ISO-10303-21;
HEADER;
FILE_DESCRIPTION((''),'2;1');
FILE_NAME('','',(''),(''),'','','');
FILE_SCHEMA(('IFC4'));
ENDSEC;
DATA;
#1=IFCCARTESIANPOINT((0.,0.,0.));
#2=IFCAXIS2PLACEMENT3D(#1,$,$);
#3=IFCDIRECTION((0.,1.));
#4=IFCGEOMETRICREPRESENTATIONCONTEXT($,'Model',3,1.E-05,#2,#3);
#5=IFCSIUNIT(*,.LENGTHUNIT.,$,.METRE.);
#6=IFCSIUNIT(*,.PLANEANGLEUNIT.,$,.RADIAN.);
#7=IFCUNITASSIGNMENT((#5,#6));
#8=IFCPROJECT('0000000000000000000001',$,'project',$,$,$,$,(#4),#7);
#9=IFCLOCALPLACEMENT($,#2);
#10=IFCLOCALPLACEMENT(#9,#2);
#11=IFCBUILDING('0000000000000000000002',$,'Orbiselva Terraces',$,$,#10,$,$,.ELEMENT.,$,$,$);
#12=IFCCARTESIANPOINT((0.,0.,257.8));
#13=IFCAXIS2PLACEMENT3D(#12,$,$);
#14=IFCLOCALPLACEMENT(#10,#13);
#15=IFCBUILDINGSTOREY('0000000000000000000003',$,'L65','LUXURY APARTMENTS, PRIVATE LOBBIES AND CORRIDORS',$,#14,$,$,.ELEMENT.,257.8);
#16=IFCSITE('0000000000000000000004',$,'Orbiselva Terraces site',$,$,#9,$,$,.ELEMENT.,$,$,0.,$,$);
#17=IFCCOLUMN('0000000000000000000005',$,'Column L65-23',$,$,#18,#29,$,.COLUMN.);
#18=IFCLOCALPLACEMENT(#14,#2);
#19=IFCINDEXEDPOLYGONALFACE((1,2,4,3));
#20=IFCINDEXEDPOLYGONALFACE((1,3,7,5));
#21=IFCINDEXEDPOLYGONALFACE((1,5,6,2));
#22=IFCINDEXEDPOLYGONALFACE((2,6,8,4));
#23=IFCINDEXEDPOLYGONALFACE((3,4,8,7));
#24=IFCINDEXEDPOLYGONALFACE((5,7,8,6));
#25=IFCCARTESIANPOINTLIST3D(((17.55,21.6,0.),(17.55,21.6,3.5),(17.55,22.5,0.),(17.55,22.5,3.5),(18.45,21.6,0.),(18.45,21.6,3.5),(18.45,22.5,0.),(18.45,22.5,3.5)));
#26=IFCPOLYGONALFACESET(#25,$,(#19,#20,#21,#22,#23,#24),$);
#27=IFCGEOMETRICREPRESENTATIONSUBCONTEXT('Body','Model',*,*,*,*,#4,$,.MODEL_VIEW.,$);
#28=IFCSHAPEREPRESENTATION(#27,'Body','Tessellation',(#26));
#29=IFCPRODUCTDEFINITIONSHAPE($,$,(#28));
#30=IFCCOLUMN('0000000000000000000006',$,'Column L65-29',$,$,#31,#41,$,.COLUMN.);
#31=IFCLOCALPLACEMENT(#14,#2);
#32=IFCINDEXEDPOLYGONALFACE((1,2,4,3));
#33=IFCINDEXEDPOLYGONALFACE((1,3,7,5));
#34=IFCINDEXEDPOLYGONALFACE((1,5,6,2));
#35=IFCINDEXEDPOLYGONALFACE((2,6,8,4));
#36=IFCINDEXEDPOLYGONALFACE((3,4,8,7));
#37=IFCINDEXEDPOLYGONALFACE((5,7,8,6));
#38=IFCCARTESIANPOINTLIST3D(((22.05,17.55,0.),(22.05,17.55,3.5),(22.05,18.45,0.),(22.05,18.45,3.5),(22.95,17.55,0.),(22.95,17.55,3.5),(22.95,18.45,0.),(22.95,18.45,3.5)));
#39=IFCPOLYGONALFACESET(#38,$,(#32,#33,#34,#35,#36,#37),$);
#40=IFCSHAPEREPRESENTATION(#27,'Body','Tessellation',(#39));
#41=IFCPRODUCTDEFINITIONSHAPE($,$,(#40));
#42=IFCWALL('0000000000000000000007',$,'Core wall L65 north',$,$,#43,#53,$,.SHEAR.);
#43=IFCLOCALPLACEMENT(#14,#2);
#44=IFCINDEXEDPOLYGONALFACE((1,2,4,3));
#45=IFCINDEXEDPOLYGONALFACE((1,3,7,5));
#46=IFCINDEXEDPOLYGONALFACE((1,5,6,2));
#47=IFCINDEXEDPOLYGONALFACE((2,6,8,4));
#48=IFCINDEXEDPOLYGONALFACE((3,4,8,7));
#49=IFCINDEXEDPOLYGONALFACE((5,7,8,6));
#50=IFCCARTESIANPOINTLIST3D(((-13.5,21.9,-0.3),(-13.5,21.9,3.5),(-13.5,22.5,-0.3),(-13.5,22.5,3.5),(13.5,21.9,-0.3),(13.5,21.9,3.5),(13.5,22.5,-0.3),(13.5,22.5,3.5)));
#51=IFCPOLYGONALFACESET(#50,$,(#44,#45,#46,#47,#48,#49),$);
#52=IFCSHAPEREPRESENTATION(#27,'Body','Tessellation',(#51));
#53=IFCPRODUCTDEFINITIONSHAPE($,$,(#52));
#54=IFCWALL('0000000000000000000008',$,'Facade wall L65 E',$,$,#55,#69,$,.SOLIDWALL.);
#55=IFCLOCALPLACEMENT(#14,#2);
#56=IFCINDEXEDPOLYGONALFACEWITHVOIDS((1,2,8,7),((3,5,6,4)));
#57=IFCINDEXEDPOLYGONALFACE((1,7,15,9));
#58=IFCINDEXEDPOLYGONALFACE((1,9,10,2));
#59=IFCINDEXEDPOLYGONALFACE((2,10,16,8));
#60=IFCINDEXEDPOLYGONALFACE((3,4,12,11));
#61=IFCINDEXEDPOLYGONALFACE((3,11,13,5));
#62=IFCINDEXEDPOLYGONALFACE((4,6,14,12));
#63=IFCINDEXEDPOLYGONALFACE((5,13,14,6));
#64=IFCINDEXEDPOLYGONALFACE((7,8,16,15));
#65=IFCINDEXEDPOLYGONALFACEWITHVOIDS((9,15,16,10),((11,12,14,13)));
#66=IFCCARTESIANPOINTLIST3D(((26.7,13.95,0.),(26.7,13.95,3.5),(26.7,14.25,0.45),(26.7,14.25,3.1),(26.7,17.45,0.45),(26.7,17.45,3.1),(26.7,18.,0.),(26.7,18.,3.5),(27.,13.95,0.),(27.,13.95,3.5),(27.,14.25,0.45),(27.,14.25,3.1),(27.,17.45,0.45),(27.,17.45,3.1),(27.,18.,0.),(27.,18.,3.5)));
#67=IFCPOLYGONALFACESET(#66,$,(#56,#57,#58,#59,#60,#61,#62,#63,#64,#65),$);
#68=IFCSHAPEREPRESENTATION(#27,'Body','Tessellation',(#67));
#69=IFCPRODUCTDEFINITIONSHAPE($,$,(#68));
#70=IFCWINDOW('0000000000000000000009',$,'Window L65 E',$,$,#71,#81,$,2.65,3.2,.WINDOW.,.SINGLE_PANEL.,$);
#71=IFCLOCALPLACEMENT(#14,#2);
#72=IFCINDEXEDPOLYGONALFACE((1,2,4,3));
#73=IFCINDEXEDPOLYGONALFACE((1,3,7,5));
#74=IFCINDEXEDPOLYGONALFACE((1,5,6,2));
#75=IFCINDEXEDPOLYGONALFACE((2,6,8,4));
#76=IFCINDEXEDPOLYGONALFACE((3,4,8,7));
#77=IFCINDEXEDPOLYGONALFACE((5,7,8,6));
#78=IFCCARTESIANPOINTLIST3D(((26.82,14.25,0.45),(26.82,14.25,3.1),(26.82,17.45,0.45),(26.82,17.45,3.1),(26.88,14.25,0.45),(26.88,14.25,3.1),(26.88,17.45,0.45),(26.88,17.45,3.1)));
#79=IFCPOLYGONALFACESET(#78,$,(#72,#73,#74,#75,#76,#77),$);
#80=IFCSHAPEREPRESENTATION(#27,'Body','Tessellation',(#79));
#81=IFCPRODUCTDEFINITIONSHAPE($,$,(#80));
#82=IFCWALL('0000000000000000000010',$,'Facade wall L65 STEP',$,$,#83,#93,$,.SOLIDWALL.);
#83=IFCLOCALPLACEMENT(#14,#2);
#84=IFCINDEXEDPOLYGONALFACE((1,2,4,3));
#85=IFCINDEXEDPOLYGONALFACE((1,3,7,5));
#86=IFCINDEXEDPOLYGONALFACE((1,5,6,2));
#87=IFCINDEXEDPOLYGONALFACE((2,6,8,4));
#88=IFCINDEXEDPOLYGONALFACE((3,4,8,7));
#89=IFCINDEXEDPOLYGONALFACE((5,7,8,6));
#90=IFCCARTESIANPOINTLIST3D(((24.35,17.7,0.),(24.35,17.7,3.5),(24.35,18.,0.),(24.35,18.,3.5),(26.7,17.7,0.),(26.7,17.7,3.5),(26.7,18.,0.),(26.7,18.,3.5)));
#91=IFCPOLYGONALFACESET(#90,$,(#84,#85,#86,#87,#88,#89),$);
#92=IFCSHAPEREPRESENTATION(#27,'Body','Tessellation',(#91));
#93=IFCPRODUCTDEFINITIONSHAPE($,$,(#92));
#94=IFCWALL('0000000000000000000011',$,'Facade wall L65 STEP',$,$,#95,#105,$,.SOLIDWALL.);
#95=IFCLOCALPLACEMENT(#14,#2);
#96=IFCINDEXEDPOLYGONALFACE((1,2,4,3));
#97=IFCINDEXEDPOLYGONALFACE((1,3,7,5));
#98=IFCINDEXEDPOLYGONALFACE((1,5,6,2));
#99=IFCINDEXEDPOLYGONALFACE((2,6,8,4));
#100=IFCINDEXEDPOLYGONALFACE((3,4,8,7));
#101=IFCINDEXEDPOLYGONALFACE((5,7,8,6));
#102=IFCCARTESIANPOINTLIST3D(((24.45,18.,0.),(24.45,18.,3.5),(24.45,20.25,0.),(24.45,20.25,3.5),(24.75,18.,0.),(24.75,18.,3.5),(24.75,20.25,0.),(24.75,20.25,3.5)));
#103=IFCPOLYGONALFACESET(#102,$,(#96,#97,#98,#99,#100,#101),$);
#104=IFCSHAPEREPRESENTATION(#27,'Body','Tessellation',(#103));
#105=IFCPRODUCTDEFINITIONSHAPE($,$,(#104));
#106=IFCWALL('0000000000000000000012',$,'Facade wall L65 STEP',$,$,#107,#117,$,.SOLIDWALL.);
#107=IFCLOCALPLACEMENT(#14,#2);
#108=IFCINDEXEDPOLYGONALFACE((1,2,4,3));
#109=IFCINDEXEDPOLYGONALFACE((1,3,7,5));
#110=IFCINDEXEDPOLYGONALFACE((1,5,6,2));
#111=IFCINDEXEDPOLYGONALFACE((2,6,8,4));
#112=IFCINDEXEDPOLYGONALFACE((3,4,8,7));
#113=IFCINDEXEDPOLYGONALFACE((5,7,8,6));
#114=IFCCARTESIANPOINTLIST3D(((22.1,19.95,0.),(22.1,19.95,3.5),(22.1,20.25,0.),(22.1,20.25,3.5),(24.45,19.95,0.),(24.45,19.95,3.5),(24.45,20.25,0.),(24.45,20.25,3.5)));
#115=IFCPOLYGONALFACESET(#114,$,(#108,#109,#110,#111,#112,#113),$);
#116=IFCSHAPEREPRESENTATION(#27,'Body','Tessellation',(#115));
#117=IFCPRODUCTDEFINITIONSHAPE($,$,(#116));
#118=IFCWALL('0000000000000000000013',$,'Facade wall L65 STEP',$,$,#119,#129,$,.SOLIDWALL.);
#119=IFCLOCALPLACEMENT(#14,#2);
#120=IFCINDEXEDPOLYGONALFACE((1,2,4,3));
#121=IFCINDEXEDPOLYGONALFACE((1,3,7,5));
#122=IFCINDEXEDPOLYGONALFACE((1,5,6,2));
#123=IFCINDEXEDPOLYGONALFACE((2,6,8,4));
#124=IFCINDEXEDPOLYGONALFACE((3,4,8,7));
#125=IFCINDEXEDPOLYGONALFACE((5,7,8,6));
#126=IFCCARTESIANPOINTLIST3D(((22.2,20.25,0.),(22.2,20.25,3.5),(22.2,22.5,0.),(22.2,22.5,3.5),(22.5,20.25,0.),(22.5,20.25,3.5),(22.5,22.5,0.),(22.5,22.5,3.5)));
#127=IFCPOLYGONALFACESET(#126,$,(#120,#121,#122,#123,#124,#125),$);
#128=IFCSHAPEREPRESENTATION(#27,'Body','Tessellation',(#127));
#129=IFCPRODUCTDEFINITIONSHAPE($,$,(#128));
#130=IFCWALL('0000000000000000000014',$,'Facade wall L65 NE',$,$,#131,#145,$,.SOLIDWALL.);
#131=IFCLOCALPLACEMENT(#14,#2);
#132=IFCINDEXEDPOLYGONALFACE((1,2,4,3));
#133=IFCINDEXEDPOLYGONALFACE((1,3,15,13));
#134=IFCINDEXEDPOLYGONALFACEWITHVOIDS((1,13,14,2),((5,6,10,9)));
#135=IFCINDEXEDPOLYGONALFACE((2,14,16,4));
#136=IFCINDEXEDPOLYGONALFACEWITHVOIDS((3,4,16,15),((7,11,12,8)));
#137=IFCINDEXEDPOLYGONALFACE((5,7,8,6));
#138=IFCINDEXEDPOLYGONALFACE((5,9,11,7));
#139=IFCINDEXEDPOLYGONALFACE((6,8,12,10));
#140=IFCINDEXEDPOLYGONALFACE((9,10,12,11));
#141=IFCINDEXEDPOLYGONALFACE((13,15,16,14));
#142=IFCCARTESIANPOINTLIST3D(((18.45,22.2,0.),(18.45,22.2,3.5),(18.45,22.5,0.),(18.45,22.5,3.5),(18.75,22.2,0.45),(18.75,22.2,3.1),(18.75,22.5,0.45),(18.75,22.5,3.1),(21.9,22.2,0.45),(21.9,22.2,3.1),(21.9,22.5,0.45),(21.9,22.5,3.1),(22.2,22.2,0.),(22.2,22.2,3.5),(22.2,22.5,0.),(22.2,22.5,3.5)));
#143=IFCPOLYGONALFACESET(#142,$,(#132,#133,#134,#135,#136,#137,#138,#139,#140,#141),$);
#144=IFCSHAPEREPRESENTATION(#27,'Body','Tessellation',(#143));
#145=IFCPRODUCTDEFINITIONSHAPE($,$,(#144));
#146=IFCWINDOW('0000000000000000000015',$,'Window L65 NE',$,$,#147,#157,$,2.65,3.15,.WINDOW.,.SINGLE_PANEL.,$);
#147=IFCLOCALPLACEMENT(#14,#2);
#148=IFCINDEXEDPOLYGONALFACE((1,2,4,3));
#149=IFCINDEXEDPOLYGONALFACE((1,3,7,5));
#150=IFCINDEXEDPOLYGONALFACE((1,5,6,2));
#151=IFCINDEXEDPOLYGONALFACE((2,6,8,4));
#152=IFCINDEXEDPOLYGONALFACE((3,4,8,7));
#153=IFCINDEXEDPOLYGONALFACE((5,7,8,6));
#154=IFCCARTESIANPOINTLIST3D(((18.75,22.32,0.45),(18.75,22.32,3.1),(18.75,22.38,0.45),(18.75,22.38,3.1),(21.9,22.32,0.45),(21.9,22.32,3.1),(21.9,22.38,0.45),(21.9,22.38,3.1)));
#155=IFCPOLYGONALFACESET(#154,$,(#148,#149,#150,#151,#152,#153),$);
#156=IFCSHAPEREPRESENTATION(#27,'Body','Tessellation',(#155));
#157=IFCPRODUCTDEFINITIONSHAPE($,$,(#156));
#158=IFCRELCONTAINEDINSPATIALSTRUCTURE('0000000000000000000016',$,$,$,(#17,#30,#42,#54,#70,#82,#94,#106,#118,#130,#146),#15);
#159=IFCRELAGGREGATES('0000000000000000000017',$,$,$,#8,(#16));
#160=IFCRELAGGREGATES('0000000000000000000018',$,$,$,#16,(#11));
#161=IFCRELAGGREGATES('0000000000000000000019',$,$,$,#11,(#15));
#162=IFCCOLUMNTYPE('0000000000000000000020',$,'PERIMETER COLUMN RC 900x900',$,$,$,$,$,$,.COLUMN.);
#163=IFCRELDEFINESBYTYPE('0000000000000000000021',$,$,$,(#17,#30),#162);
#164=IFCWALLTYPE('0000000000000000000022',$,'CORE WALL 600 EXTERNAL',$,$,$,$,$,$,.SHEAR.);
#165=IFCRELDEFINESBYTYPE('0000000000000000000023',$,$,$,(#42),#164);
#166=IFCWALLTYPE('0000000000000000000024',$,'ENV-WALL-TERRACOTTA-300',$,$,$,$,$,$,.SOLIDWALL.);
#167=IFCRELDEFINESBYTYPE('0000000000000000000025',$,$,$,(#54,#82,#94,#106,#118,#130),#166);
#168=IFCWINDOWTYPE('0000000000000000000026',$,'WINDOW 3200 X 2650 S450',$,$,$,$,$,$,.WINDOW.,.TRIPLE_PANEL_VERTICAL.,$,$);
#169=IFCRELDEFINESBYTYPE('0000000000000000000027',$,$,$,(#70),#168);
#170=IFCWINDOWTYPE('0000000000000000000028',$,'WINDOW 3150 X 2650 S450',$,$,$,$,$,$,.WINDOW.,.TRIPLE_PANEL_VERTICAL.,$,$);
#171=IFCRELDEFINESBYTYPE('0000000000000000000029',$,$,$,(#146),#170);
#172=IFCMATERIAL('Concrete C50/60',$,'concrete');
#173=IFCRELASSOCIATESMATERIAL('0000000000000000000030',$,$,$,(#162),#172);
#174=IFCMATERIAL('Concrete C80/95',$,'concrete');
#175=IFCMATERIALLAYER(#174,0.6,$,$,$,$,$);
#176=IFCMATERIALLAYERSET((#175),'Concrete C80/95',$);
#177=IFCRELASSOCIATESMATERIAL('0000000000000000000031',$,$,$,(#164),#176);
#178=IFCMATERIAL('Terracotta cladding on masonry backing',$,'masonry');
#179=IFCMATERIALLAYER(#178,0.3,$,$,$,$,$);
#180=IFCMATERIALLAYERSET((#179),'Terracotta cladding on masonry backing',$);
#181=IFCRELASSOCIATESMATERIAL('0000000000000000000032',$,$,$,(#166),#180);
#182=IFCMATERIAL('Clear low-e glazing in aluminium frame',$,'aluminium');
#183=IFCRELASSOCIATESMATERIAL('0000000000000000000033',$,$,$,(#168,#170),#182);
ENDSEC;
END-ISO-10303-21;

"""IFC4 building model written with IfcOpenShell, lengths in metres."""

from ifc_helpers import new_model, si_unit, direction, frame, frame_2d, origin, origin_2d, place, context, subcontext, project, spatial, rectangle, extrude, material, layer, layer_set, material_profile, profile_set, type_object, element, fill, save


model = new_model("IFC4")

# Units and contexts
model_context = context("Model", 3, precision=1e-05, world=origin(), true_north=direction((0.0, 1.0)))
body_context = subcontext(model_context, "Body", "Model", "MODEL_VIEW")
ifc_project = project(units=[si_unit("LENGTHUNIT", "METRE"), si_unit("PLANEANGLEUNIT", "RADIAN")], contexts=[model_context])

# Site, building, storey
site_placement = place(None, origin())
site = spatial("IfcSite", under=ifc_project, at=site_placement, Name="Orbiselva Terraces site", CompositionType="ELEMENT", RefElevation=0.0)
building_placement = place(site_placement, origin())
building = spatial("IfcBuilding", under=site, at=building_placement, Name="Orbiselva Terraces", CompositionType="ELEMENT")
storey_placement = place(building_placement, frame((0.0, 0.0, 257.8)))
storey = spatial("IfcBuildingStorey", under=building, at=storey_placement, Name="L65", Description="LUXURY APARTMENTS, PRIVATE LOBBIES AND CORRIDORS", CompositionType="ELEMENT", Elevation=257.8)

# Columns
ifc_material_1 = material(Name="Concrete C50/60", Category="concrete")
ifc_material_profile = material_profile(ifc_material_1, rectangle(XDim=0.9, YDim=0.9, at=origin_2d()), Name="RC 900x900")
ifc_profile_set = profile_set([ifc_material_profile], Name="Concrete C50/60")
column_type = type_object("IfcColumnType", Name="PERIMETER COLUMN RC 900x900", PredefinedType="COLUMN", material=ifc_profile_set)
for number, where, z_axis, x_axis, name in (
    (1, (18.0, 22.05, 0.0), (0.0, 0.0, 1.0), (1.0, 0.0, 0.0), "Column L65-23"),
    (2, (22.5, 18.0, 0.0), (0.0, 0.0, 1.0), (1.0, 0.0, 0.0), "Column L65-29"),
):
    element("IfcColumn", number, at=place(storey_placement, frame(where, z_axis=z_axis, x_axis=x_axis)), inside=storey, type_object=column_type, Name=name, PredefinedType="COLUMN", context=body_context, shape_type="SweptSolid", body=[
        extrude(rectangle(XDim=0.9, YDim=0.9, at=origin_2d()), origin(), (0.0, 0.0, 1.0), 3.5),
    ])

# Wall
ifc_material_2 = material(Name="Concrete C80/95", Category="concrete")
ifc_layer_1 = layer(ifc_material_2, 0.6)
ifc_layer_set_1 = layer_set([ifc_layer_1], Name="Concrete C80/95")
wall_type_1 = type_object("IfcWallType", Name="CORE WALL 600 EXTERNAL", PredefinedType="SHEAR", material=ifc_layer_set_1)
wall_1_placement = place(storey_placement, frame((13.5, 22.2, -0.3), z_axis=(0.0, 0.0, 1.0), x_axis=(-1.0, 0.0, 0.0)))
element("IfcWall", 3, at=wall_1_placement, inside=storey, type_object=wall_type_1, Name="Core wall L65 north", PredefinedType="SHEAR", context=body_context, shape_type="SweptSolid", body=[
    extrude(rectangle(XDim=27.0, YDim=0.6, at=frame_2d((13.5, 0.0))), origin(), (0.0, 0.0, 1.0), 3.8),
])

# Wall, opening, window
ifc_material_3 = material(Name="Terracotta cladding on masonry backing", Category="masonry")
ifc_layer_2 = layer(ifc_material_3, 0.3)
ifc_layer_set_2 = layer_set([ifc_layer_2], Name="Terracotta cladding on masonry backing")
wall_type_2 = type_object("IfcWallType", Name="ENV-WALL-TERRACOTTA-300", PredefinedType="SOLIDWALL", material=ifc_layer_set_2)
wall_2_placement = place(storey_placement, frame((26.85, 18.0, 0.0), z_axis=(0.0, 0.0, 1.0), x_axis=(0.0, -1.0, 0.0)))
wall_2 = element("IfcWall", 4, at=wall_2_placement, inside=storey, type_object=wall_type_2, Name="Facade wall L65 E", PredefinedType="SOLIDWALL", context=body_context, shape_type="SweptSolid", body=[
    extrude(rectangle(XDim=4.05, YDim=0.3, at=frame_2d((2.025, 0.0))), origin(), (0.0, 0.0, 1.0), 3.5),
])
opening_1_placement = place(wall_2_placement, frame((0.55, 0.0, 0.45)))
opening_1 = element("IfcOpeningElement", 5, at=opening_1_placement, cuts=wall_2, PredefinedType="OPENING", context=body_context, shape_type="SweptSolid", body=[
    extrude(rectangle(XDim=3.2, YDim=2.65, at=frame_2d((1.6, 1.325))), frame((0.0, 0.16, 0.0), z_axis=(0.0, -1.0, 0.0), x_axis=(1.0, 0.0, 0.0)), (0.0, 0.0, 1.0), 0.32),
])
ifc_material_4 = material(Name="Clear low-e glazing in aluminium frame", Category="aluminium")
window_type_1 = type_object("IfcWindowType", Name="WINDOW 3200 X 2650 S450", PartitioningType="TRIPLE_PANEL_VERTICAL", PredefinedType="WINDOW", material=ifc_material_4)
window_1_placement = place(opening_1_placement, origin())
window_1 = element("IfcWindow", 6, at=window_1_placement, inside=storey, type_object=window_type_1, Name="Window L65 E", OverallHeight=2.65, OverallWidth=3.2, PartitioningType="SINGLE_PANEL", PredefinedType="WINDOW", context=body_context, shape_type="SweptSolid", body=[
    extrude(rectangle(XDim=3.2, YDim=2.65, at=frame_2d((1.6, 1.325))), frame((0.0, 0.03, 0.0), z_axis=(0.0, -1.0, 0.0), x_axis=(1.0, 0.0, 0.0)), (0.0, 0.0, 1.0), 0.06),
])
fill(opening_1, window_1)

# Walls
wall_3_placement = place(storey_placement, frame((24.35, 17.85, 0.0), z_axis=(0.0, 0.0, 1.0), x_axis=(1.0, 0.0, 0.0)))
element("IfcWall", 7, at=wall_3_placement, inside=storey, type_object=wall_type_2, Name="Facade wall L65 STEP", PredefinedType="SOLIDWALL", context=body_context, shape_type="SweptSolid", body=[
    extrude(rectangle(XDim=2.35, YDim=0.3, at=frame_2d((1.175, 0.0))), origin(), (0.0, 0.0, 1.0), 3.5),
])
wall_4_placement = place(storey_placement, frame((24.6, 20.25, 0.0), z_axis=(0.0, 0.0, 1.0), x_axis=(0.0, -1.0, 0.0)))
element("IfcWall", 8, at=wall_4_placement, inside=storey, type_object=wall_type_2, Name="Facade wall L65 STEP", PredefinedType="SOLIDWALL", context=body_context, shape_type="SweptSolid", body=[
    extrude(rectangle(XDim=2.25, YDim=0.3, at=frame_2d((1.125, 0.0))), origin(), (0.0, 0.0, 1.0), 3.5),
])
wall_5_placement = place(storey_placement, frame((22.1, 20.1, 0.0), z_axis=(0.0, 0.0, 1.0), x_axis=(1.0, 0.0, 0.0)))
element("IfcWall", 9, at=wall_5_placement, inside=storey, type_object=wall_type_2, Name="Facade wall L65 STEP", PredefinedType="SOLIDWALL", context=body_context, shape_type="SweptSolid", body=[
    extrude(rectangle(XDim=2.35, YDim=0.3, at=frame_2d((1.175, 0.0))), origin(), (0.0, 0.0, 1.0), 3.5),
])
wall_6_placement = place(storey_placement, frame((22.35, 22.5, 0.0), z_axis=(0.0, 0.0, 1.0), x_axis=(0.0, -1.0, 0.0)))
element("IfcWall", 10, at=wall_6_placement, inside=storey, type_object=wall_type_2, Name="Facade wall L65 STEP", PredefinedType="SOLIDWALL", context=body_context, shape_type="SweptSolid", body=[
    extrude(rectangle(XDim=2.25, YDim=0.3, at=frame_2d((1.125, 0.0))), origin(), (0.0, 0.0, 1.0), 3.5),
])

# Wall, opening, window
wall_7_placement = place(storey_placement, frame((18.45, 22.35, 0.0), z_axis=(0.0, 0.0, 1.0), x_axis=(1.0, 0.0, 0.0)))
wall_7 = element("IfcWall", 11, at=wall_7_placement, inside=storey, type_object=wall_type_2, Name="Facade wall L65 NE", PredefinedType="SOLIDWALL", context=body_context, shape_type="SweptSolid", body=[
    extrude(rectangle(XDim=3.75, YDim=0.3, at=frame_2d((1.875, 0.0))), origin(), (0.0, 0.0, 1.0), 3.5),
])
opening_2_placement = place(wall_7_placement, frame((0.3, 0.0, 0.45)))
opening_2 = element("IfcOpeningElement", 12, at=opening_2_placement, cuts=wall_7, PredefinedType="OPENING", context=body_context, shape_type="SweptSolid", body=[
    extrude(rectangle(XDim=3.15, YDim=2.65, at=frame_2d((1.575, 1.325))), frame((0.0, 0.16, 0.0), z_axis=(0.0, -1.0, 0.0), x_axis=(1.0, 0.0, 0.0)), (0.0, 0.0, 1.0), 0.32),
])
window_type_2 = type_object("IfcWindowType", Name="WINDOW 3150 X 2650 S450", PartitioningType="TRIPLE_PANEL_VERTICAL", PredefinedType="WINDOW", material=ifc_material_4)
window_2_placement = place(opening_2_placement, origin())
window_2 = element("IfcWindow", 13, at=window_2_placement, inside=storey, type_object=window_type_2, Name="Window L65 NE", OverallHeight=2.65, OverallWidth=3.15, PartitioningType="SINGLE_PANEL", PredefinedType="WINDOW", context=body_context, shape_type="SweptSolid", body=[
    extrude(rectangle(XDim=3.15, YDim=2.65, at=frame_2d((1.575, 1.325))), frame((0.0, 0.03, 0.0), z_axis=(0.0, -1.0, 0.0), x_axis=(1.0, 0.0, 0.0)), (0.0, 0.0, 1.0), 0.06),
])
fill(opening_2, window_2)

save(model, "model.ifc")
